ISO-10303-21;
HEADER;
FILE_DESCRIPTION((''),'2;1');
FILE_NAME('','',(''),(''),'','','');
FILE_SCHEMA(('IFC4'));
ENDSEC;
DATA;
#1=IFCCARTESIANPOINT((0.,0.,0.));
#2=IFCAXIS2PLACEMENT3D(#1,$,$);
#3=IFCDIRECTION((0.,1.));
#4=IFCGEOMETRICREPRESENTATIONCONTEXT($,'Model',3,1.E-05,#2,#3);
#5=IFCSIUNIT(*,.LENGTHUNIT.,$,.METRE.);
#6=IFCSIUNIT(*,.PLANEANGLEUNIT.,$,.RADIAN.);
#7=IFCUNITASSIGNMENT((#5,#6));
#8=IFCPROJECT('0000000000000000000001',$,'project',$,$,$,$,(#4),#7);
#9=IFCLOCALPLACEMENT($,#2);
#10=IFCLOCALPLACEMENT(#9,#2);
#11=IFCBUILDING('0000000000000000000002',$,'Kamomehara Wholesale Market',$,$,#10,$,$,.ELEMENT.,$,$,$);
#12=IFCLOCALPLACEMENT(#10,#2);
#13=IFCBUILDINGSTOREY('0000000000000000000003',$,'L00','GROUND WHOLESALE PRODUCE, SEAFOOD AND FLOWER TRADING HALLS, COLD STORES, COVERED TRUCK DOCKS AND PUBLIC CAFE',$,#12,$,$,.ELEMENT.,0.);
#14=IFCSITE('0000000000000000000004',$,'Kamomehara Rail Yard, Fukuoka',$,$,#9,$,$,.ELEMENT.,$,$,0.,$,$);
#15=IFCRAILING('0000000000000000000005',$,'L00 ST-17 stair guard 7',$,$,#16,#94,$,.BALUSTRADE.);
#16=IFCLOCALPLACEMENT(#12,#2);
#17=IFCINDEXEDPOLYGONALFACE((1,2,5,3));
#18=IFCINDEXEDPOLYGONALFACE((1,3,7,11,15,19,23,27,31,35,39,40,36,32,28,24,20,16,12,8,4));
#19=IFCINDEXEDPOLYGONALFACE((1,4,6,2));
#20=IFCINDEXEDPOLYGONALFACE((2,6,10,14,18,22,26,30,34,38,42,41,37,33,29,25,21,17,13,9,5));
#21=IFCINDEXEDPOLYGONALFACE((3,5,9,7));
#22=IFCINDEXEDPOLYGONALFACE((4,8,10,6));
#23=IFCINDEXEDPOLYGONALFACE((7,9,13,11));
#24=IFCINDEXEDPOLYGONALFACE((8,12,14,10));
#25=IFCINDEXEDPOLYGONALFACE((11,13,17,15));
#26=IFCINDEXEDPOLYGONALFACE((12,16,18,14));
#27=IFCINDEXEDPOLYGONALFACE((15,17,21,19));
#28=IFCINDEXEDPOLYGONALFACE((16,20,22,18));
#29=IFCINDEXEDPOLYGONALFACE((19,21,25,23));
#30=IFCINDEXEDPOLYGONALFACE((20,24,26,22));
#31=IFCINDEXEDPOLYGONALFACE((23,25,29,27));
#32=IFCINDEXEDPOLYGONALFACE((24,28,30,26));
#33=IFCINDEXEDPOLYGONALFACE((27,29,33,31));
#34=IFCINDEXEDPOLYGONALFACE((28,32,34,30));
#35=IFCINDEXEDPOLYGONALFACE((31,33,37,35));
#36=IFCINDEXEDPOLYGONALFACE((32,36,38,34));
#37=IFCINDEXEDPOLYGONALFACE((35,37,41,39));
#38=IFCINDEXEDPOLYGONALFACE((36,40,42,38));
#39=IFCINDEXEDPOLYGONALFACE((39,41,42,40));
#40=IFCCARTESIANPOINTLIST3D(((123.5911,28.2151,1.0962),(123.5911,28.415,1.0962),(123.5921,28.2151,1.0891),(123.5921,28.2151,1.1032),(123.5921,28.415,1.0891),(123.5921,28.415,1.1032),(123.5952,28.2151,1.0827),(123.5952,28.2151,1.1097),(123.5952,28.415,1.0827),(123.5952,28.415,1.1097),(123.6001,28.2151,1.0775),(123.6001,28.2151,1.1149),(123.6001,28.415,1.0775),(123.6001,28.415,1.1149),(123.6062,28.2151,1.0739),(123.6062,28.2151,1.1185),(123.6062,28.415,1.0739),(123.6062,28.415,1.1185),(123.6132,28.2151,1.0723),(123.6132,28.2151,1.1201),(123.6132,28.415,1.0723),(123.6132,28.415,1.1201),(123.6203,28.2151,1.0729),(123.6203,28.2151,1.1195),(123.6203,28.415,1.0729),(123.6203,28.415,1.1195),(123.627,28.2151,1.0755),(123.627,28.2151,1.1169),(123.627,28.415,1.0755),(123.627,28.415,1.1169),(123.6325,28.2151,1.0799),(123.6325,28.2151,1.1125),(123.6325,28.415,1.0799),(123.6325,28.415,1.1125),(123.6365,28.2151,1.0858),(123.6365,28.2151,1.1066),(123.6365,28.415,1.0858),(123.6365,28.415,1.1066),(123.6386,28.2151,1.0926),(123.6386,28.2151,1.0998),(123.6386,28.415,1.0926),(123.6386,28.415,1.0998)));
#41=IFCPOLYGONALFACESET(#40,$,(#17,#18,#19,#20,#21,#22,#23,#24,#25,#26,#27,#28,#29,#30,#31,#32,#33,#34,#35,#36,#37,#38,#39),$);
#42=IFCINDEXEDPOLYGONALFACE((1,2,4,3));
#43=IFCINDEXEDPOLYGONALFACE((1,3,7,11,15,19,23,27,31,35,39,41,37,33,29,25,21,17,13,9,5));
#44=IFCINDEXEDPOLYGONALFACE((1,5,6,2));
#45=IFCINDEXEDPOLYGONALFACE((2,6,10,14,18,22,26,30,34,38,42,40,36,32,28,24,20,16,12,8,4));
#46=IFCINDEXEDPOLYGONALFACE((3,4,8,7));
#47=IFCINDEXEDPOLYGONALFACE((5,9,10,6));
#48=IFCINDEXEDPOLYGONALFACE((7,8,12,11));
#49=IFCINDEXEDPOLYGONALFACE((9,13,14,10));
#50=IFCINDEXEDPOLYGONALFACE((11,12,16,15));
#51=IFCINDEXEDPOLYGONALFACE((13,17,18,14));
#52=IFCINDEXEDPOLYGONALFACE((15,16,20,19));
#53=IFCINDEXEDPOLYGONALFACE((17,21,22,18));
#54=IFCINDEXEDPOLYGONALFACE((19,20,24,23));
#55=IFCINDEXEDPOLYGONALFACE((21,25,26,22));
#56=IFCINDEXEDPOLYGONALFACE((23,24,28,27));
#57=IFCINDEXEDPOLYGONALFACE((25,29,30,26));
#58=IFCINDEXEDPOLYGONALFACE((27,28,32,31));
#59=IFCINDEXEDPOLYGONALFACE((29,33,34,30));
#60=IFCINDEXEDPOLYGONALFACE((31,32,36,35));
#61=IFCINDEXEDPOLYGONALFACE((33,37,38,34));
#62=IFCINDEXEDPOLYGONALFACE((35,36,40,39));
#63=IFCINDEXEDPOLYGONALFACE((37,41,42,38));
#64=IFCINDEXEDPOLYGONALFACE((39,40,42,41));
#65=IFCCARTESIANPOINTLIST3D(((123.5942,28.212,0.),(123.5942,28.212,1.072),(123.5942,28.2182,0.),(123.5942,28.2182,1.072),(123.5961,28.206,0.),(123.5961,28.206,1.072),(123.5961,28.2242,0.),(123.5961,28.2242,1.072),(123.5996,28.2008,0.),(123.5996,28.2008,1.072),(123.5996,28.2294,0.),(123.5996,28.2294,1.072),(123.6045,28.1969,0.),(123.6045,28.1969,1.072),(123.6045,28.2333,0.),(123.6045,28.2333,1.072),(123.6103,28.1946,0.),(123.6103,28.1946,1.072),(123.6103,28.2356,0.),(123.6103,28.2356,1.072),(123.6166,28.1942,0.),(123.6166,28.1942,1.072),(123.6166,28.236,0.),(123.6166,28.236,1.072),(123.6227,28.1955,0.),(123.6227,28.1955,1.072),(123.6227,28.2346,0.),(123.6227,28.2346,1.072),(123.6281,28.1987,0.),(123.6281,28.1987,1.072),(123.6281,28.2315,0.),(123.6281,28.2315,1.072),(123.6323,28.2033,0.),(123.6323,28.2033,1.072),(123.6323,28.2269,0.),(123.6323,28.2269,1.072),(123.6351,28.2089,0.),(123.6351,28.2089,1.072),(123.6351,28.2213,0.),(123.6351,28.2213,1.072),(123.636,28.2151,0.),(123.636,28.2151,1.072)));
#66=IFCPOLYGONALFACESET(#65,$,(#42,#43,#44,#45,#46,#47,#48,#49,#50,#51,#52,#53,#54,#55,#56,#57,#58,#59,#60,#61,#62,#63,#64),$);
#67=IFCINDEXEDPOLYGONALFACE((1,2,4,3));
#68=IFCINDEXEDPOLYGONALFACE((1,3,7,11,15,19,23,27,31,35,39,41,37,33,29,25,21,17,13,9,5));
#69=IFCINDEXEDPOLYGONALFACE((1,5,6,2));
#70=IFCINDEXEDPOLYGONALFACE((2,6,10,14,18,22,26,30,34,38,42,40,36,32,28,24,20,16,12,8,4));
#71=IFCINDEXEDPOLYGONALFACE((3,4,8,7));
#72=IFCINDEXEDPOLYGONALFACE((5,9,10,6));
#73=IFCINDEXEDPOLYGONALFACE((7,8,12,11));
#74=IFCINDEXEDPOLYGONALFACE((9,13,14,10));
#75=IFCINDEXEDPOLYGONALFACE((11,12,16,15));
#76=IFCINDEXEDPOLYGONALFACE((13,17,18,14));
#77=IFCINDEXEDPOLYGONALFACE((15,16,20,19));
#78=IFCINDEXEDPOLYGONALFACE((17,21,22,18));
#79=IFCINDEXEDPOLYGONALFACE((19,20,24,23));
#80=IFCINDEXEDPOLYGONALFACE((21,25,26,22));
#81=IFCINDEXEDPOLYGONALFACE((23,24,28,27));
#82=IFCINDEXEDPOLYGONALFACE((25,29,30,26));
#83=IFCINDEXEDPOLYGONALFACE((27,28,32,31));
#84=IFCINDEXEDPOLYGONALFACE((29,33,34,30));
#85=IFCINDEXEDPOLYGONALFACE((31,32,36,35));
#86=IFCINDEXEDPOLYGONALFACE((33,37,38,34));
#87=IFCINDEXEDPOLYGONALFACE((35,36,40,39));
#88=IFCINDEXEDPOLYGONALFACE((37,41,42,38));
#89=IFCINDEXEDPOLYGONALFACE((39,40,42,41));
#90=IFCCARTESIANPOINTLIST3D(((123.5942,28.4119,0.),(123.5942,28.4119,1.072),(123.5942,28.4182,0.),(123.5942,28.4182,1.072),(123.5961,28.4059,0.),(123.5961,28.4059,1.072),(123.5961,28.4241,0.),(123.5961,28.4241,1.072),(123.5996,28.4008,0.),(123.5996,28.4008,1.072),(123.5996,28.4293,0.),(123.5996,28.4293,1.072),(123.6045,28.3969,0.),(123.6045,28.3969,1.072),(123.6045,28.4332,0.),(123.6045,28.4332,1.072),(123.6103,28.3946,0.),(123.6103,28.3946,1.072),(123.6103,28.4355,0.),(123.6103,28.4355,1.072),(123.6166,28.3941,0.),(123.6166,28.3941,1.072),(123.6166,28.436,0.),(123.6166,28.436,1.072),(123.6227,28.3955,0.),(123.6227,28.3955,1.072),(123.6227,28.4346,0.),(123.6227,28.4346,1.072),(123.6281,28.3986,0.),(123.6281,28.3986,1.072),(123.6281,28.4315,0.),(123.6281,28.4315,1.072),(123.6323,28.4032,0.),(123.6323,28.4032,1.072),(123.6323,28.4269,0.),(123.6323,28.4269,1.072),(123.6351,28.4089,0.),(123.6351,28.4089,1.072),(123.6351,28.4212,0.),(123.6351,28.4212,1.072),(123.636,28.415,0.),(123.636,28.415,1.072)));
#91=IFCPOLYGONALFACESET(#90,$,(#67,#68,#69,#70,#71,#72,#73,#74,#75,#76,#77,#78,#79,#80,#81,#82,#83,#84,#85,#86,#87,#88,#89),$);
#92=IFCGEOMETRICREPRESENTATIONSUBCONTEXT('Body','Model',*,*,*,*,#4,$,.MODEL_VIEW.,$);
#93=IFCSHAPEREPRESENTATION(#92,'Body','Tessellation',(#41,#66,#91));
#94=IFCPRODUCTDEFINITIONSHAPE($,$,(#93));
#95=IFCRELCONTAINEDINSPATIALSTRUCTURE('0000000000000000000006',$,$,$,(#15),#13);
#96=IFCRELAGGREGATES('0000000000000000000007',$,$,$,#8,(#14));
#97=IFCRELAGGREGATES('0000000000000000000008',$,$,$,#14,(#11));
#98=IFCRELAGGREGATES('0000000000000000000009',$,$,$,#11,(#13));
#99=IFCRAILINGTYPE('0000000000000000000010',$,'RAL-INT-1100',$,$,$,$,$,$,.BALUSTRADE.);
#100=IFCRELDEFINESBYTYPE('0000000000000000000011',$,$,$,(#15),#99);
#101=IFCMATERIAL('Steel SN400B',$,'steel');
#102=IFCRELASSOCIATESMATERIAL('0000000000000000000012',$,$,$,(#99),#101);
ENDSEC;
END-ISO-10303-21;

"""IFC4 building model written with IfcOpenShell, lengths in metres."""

from ifc_helpers import new_model, si_unit, direction, frame, origin, origin_2d, place, context, subcontext, project, spatial, circle, extrude, material, type_object, element, save


model = new_model("IFC4")

# Units and contexts
model_context = context("Model", 3, precision=1e-05, world=origin(), true_north=direction((0.0, 1.0)))
body_context = subcontext(model_context, "Body", "Model", "MODEL_VIEW")
ifc_project = project(units=[si_unit("LENGTHUNIT", "METRE"), si_unit("PLANEANGLEUNIT", "RADIAN")], contexts=[model_context])

# Site, building, storey
site_placement = place(None, origin())
site = spatial("IfcSite", under=ifc_project, at=site_placement, Name="Kamomehara Rail Yard, Fukuoka", CompositionType="ELEMENT", RefElevation=0.0)
building_placement = place(site_placement, origin())
building = spatial("IfcBuilding", under=site, at=building_placement, Name="Kamomehara Wholesale Market", CompositionType="ELEMENT")
storey_placement = place(building_placement, origin())
storey = spatial("IfcBuildingStorey", under=building, at=storey_placement, Name="L00", Description="GROUND WHOLESALE PRODUCE, SEAFOOD AND FLOWER TRADING HALLS, COLD STORES, COVERED TRUCK DOCKS AND PUBLIC CAFE", CompositionType="ELEMENT", Elevation=0.0)

# Railing
ifc_material_1 = material(Name="Steel SN400B", Category="steel")
railing_type_1 = type_object("IfcRailingType", Name="RAL-INT-1100", PredefinedType="BALUSTRADE", material=ifc_material_1)
railing_1_placement = place(storey_placement, frame((123.615, 28.2151, 0.0)))
element("IfcRailing", 1, at=railing_1_placement, inside=storey, type_object=railing_type_1, Name="L00 ST-17 stair guard 7", PredefinedType="BALUSTRADE", context=body_context, shape_type="SweptSolid", body=[
    extrude(circle(Radius=0.0239, at=origin_2d()), frame((0.0, 0.0, 1.0962), z_axis=(0.0, 1.0, 0.0), x_axis=(-1.0, 0.0, 0.0)), (0.0, 0.0, 1.0), 0.2),
    extrude(circle(Radius=0.021, at=origin_2d()), origin(), (0.0, 0.0, 1.0), 1.072),
    extrude(circle(Radius=0.021, at=origin_2d()), frame((0.0, 0.2, 0.0)), (0.0, 0.0, 1.0), 1.072),
])

save(model, "model.ifc")
